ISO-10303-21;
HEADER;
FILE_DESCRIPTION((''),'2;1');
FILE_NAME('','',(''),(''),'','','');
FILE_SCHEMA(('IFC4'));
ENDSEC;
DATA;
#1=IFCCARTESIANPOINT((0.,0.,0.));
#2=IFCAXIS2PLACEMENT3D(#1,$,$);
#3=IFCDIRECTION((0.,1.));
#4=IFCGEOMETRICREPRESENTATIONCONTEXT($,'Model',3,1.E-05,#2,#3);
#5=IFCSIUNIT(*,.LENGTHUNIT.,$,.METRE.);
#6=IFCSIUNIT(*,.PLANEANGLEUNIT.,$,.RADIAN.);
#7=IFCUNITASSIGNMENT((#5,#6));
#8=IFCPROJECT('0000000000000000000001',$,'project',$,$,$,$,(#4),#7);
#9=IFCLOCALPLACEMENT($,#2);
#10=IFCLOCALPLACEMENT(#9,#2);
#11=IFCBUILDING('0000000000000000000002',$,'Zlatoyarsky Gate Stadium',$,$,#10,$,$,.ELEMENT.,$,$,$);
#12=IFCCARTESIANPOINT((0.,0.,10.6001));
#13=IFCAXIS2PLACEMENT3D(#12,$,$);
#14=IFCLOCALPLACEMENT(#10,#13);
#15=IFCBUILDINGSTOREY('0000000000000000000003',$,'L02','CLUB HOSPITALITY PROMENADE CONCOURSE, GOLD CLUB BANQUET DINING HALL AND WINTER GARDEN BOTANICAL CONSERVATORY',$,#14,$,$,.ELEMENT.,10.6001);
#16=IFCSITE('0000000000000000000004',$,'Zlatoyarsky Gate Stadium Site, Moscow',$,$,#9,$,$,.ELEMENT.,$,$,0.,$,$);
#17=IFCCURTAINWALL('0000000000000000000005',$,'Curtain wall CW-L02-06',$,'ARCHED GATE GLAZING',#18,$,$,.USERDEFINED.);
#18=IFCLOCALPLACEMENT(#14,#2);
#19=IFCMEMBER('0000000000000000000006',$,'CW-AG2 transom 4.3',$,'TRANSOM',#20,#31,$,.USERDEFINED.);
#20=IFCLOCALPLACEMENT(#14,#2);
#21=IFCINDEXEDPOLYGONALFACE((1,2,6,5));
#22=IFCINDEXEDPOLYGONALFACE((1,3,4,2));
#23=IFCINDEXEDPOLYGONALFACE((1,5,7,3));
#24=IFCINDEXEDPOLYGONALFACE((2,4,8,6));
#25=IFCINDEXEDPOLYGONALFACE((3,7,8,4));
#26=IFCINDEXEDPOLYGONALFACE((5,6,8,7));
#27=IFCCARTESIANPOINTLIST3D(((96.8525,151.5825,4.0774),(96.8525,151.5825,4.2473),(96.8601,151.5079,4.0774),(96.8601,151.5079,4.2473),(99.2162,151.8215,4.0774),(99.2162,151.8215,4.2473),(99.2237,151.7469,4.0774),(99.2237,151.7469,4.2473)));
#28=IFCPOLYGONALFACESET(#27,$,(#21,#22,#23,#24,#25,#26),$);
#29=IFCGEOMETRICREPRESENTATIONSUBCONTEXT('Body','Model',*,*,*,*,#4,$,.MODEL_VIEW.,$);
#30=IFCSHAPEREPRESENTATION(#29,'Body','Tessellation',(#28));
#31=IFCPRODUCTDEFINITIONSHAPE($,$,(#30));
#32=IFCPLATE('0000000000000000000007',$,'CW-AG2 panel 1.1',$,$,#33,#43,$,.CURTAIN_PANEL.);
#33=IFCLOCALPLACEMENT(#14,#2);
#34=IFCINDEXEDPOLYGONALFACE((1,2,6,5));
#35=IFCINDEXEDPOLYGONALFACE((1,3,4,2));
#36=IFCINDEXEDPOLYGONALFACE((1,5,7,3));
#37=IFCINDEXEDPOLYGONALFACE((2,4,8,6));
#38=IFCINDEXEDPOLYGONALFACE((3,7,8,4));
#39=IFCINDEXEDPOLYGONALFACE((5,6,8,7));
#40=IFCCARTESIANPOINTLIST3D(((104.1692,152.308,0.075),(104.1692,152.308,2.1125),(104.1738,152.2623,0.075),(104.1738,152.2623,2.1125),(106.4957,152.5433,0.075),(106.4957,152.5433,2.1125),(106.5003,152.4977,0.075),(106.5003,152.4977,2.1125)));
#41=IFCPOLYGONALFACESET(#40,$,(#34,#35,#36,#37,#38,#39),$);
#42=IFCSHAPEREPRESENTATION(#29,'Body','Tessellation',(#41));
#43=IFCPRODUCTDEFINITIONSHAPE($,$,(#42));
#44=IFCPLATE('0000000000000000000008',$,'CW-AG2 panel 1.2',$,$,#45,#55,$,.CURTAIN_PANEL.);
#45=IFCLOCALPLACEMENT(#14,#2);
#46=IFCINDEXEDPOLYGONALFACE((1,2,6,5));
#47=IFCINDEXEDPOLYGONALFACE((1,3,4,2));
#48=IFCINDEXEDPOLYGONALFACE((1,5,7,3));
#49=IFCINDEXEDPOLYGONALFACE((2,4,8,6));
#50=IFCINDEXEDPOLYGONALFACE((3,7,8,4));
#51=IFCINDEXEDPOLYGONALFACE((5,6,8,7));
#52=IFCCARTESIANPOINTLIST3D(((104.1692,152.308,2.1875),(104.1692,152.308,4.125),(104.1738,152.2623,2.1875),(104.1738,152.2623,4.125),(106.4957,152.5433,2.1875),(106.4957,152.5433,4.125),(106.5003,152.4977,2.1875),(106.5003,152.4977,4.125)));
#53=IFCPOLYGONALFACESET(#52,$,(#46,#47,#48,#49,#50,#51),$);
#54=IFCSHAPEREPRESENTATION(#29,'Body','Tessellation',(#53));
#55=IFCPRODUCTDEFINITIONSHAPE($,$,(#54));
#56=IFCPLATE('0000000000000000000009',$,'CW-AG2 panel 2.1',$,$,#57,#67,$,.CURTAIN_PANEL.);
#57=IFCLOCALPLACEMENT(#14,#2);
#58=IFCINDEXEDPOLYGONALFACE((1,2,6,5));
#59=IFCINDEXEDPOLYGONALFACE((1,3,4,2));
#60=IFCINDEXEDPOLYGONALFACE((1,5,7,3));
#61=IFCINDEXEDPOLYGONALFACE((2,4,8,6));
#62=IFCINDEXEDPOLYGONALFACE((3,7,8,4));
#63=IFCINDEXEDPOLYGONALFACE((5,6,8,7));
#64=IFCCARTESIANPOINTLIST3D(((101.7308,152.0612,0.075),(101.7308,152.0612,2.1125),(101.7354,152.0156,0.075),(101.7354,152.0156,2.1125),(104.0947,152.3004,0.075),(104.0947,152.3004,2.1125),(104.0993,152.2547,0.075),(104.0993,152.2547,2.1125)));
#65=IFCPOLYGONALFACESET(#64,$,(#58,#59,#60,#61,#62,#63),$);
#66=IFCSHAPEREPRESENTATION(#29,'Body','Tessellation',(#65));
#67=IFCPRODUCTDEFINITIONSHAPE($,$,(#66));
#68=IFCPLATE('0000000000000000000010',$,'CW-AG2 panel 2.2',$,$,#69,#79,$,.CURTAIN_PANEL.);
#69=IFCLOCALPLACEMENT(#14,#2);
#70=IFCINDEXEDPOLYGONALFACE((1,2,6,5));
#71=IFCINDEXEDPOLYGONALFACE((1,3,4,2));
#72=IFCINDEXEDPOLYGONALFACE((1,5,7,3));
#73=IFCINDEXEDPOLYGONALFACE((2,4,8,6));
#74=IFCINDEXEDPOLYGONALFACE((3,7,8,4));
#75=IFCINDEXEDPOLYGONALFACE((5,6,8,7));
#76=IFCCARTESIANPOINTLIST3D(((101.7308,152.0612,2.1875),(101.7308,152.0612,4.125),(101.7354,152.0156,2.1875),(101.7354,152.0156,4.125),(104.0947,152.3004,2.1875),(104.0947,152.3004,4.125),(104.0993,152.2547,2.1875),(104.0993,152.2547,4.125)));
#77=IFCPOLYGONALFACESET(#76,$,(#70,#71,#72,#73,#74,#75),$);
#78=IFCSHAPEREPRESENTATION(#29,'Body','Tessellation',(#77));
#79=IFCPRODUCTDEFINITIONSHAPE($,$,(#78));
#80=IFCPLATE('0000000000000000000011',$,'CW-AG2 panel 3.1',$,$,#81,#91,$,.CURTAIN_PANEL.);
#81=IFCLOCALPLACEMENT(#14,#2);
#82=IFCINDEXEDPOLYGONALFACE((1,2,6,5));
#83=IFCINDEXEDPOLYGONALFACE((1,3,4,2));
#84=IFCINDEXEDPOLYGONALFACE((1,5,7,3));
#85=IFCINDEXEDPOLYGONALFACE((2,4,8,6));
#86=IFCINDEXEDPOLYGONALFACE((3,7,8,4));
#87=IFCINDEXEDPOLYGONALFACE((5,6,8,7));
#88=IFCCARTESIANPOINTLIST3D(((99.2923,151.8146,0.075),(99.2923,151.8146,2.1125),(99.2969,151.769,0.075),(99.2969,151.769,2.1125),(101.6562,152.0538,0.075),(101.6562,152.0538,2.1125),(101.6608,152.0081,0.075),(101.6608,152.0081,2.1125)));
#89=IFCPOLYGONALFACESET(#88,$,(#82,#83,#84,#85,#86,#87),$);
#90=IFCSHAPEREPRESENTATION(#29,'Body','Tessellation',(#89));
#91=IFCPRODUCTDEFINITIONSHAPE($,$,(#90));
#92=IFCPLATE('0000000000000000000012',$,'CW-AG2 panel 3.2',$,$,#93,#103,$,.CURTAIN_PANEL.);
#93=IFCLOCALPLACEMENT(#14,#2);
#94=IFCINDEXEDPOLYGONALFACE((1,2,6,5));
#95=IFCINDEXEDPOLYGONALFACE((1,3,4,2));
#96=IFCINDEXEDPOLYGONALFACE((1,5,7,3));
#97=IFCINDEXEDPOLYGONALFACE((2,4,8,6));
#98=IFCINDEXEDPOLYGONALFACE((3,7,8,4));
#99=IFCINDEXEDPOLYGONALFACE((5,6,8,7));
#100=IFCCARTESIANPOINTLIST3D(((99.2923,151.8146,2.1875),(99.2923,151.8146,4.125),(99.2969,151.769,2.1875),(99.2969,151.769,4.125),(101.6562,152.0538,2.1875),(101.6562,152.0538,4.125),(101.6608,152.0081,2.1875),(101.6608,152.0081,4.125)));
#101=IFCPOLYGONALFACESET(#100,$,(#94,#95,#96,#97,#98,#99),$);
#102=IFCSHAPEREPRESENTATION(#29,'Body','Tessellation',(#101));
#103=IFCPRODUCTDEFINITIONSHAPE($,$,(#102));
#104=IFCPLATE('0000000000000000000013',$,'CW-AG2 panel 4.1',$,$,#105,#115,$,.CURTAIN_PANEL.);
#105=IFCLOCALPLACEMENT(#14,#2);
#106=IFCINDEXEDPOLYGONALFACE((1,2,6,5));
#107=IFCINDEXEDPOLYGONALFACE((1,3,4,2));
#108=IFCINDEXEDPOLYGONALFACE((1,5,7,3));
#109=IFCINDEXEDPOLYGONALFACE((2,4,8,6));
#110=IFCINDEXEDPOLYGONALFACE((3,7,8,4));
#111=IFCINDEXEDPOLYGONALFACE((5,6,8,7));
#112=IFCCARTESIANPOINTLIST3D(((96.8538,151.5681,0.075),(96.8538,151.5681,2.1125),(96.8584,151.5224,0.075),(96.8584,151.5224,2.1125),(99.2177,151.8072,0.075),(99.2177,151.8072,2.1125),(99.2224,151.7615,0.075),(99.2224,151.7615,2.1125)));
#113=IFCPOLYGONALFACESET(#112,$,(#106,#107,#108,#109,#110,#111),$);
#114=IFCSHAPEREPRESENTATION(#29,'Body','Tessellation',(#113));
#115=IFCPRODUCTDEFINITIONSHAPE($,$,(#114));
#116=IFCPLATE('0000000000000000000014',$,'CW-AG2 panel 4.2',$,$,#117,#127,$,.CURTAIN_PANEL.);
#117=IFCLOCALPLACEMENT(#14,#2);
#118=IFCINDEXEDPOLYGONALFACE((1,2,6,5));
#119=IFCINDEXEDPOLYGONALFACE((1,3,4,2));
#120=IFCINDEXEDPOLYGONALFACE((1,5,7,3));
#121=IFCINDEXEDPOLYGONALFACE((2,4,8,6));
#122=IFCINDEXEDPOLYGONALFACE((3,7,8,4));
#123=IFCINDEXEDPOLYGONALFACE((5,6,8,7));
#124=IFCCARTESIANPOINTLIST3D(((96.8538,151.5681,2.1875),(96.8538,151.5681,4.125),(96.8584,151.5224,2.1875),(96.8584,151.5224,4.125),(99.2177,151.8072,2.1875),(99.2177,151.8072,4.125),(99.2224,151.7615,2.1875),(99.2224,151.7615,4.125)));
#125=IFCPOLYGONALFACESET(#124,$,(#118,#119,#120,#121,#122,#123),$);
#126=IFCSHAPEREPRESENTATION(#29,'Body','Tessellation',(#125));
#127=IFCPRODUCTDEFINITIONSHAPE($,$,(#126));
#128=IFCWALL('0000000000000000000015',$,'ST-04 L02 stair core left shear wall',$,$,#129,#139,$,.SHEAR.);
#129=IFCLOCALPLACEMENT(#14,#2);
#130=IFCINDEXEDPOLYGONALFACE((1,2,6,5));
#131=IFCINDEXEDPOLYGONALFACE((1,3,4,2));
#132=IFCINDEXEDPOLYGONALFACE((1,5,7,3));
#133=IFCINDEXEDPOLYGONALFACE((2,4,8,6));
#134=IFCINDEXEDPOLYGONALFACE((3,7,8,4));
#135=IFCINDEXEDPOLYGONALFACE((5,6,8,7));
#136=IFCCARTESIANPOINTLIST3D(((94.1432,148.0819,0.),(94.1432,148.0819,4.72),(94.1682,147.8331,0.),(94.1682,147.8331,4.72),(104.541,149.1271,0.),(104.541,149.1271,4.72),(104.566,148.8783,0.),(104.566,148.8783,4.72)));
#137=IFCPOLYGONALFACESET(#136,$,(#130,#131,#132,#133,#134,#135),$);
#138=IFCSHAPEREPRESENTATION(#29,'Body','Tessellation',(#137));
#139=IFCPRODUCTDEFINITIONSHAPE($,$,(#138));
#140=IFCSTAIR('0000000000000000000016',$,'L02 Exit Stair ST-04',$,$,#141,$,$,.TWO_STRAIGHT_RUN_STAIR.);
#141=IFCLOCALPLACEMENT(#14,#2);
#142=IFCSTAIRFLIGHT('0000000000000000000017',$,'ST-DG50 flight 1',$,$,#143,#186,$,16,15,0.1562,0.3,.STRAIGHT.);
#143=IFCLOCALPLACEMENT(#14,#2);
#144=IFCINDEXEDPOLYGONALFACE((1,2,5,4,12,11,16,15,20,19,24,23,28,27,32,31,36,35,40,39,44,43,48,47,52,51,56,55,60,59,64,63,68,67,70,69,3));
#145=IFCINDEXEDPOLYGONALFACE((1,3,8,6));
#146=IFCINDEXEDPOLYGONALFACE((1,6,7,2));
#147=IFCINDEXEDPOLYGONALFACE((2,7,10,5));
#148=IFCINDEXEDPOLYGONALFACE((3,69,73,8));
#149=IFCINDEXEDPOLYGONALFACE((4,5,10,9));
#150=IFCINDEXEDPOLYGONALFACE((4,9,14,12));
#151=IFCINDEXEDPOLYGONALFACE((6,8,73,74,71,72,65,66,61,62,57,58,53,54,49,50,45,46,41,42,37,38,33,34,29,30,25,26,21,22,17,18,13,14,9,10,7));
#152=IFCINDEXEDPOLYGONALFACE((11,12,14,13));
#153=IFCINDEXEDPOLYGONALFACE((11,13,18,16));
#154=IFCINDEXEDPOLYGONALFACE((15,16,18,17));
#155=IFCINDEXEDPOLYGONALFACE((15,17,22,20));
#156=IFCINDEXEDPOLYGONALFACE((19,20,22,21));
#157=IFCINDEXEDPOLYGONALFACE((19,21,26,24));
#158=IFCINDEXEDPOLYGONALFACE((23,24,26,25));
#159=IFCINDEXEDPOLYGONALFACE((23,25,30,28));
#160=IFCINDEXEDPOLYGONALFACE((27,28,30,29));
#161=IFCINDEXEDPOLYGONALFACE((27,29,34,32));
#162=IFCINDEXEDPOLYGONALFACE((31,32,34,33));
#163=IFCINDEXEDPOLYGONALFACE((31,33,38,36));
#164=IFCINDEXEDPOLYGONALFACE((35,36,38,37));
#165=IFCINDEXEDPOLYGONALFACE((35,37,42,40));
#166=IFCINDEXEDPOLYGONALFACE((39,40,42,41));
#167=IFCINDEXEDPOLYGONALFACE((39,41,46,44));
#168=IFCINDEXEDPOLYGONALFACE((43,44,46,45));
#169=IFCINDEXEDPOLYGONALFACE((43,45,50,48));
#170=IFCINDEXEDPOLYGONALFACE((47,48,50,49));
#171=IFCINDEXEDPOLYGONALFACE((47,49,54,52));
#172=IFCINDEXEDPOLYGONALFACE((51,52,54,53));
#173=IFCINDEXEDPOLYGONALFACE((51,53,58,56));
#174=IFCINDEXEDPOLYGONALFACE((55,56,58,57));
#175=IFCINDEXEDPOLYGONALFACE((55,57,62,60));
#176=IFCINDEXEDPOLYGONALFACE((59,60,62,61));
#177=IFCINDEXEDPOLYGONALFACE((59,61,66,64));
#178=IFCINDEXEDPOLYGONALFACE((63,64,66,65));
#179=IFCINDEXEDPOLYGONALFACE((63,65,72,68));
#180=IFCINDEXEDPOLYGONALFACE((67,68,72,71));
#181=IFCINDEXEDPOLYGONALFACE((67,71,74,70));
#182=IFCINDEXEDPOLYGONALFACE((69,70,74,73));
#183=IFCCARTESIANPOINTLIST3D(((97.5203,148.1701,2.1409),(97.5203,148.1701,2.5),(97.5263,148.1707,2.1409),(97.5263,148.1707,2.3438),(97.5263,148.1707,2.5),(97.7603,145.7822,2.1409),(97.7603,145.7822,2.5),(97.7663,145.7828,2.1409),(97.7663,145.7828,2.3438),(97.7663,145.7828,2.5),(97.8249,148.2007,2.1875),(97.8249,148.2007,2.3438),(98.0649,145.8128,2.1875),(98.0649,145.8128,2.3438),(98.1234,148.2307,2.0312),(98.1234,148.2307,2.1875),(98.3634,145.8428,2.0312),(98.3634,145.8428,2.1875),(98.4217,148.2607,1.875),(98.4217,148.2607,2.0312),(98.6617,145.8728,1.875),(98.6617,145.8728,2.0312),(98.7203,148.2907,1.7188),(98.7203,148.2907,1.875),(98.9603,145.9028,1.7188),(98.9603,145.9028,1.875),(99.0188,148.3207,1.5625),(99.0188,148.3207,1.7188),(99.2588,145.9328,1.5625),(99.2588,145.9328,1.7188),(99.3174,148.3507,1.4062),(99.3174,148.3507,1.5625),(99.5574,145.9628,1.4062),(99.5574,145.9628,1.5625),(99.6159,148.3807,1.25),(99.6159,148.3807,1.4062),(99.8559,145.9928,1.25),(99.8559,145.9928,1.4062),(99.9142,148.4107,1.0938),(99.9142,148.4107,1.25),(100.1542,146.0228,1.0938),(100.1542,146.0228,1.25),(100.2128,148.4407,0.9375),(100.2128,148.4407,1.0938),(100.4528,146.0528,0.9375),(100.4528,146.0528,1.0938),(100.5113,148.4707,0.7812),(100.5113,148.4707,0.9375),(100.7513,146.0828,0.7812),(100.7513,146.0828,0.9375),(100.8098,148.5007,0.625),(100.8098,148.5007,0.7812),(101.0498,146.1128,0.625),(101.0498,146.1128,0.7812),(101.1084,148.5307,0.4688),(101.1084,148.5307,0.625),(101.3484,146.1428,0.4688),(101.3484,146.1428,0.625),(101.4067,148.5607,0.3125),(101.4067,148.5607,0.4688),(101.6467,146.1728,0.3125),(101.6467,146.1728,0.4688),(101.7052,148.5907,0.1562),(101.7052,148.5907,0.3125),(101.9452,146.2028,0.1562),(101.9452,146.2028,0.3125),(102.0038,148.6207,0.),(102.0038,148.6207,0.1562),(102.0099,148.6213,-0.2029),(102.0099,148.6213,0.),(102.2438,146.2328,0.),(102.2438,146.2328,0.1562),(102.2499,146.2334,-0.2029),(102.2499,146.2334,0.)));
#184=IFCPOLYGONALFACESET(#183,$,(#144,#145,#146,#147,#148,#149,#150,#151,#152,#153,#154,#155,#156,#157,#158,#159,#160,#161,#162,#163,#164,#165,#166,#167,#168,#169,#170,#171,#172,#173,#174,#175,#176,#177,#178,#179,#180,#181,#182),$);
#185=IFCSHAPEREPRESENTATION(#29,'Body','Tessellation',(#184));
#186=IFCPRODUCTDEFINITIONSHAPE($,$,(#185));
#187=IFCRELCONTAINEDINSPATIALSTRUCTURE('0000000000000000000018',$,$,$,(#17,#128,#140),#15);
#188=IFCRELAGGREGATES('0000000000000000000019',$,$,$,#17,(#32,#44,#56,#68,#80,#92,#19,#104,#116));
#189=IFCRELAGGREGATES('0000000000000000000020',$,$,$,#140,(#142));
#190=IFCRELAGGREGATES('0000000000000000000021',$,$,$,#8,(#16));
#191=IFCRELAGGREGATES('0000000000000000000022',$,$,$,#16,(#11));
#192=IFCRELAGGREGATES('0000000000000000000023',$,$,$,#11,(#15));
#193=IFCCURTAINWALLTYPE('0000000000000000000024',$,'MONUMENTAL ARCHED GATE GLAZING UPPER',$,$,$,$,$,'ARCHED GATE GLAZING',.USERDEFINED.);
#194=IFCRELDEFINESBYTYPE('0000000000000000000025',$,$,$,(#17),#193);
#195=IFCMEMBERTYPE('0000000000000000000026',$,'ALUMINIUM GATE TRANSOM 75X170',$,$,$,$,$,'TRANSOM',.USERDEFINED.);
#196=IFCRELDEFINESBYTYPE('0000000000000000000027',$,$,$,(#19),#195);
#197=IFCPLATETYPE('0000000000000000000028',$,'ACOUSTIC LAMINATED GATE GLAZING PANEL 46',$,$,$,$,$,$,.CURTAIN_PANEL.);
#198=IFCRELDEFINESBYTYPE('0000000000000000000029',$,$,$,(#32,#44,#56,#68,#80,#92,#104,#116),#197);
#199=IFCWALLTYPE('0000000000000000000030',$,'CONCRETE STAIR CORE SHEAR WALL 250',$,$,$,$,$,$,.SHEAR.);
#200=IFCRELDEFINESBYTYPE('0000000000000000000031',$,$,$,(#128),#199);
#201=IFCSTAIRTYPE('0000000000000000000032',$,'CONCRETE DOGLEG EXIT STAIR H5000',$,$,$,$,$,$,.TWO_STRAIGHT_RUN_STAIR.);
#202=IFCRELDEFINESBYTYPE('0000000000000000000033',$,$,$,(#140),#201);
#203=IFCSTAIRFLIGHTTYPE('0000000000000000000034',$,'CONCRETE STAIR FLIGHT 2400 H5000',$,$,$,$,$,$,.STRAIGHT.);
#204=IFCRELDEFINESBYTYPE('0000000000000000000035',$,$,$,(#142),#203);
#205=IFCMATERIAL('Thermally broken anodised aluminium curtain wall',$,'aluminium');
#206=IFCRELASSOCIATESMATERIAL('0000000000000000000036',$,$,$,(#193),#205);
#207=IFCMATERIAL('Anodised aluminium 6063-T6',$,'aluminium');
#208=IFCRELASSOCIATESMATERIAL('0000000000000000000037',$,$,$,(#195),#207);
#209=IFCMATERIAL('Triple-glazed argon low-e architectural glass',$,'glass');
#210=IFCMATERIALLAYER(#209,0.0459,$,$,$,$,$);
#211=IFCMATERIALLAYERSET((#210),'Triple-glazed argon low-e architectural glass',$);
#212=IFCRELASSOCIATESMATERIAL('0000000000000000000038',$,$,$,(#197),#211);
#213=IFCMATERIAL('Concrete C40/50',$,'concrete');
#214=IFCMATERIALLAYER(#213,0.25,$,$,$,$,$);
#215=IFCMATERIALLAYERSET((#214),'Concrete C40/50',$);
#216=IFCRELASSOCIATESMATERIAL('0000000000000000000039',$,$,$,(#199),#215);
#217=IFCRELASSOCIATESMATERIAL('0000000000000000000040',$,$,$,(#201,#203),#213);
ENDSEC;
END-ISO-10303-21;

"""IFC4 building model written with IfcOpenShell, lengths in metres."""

from ifc_helpers import new_model, si_unit, direction, frame, frame_2d, origin, origin_2d, place, context, subcontext, project, spatial, polyline, rectangle, outline, extrude, material, layer, layer_set, material_profile, profile_set, type_object, element, aggregate, save


model = new_model("IFC4")

# Units and contexts
model_context = context("Model", 3, precision=1e-05, world=origin(), true_north=direction((0.0, 1.0)))
body_context = subcontext(model_context, "Body", "Model", "MODEL_VIEW")
ifc_project = project(units=[si_unit("LENGTHUNIT", "METRE"), si_unit("PLANEANGLEUNIT", "RADIAN")], contexts=[model_context])

# Site, building, storey
site_placement = place(None, origin())
site = spatial("IfcSite", under=ifc_project, at=site_placement, Name="Zlatoyarsky Gate Stadium Site, Moscow", CompositionType="ELEMENT", RefElevation=0.0)
building_placement = place(site_placement, origin())
building = spatial("IfcBuilding", under=site, at=building_placement, Name="Zlatoyarsky Gate Stadium", CompositionType="ELEMENT")
storey_placement = place(building_placement, frame((0.0, 0.0, 10.6001)))
storey = spatial("IfcBuildingStorey", under=building, at=storey_placement, Name="L02", Description="CLUB HOSPITALITY PROMENADE CONCOURSE, GOLD CLUB BANQUET DINING HALL AND WINTER GARDEN BOTANICAL CONSERVATORY", CompositionType="ELEMENT", Elevation=10.6001)

# Curtain wall, member, plates
ifc_material_1 = material(Name="Thermally broken anodised aluminium curtain wall", Category="aluminium")
curtain_wall_type = type_object("IfcCurtainWallType", Name="MONUMENTAL ARCHED GATE GLAZING UPPER", ElementType="ARCHED GATE GLAZING", PredefinedType="USERDEFINED", material=ifc_material_1)
curtain_wall_placement = place(storey_placement, origin())
curtain_wall = element("IfcCurtainWall", 1, at=curtain_wall_placement, inside=storey, type_object=curtain_wall_type, Name="Curtain wall CW-L02-06", ObjectType="ARCHED GATE GLAZING", PredefinedType="USERDEFINED")
ifc_material_2 = material(Name="Anodised aluminium 6063-T6", Category="aluminium")
ifc_material_profile_1 = material_profile(ifc_material_2, rectangle(XDim=0.075, YDim=0.1699, at=origin_2d()), Name="ALU 75X170")
ifc_profile_set_1 = profile_set([ifc_material_profile_1], Name="Anodised aluminium 6063-T6")
member_type_1 = type_object("IfcMemberType", Name="ALUMINIUM GATE TRANSOM 75X170", ElementType="TRANSOM", PredefinedType="USERDEFINED", material=ifc_profile_set_1)
member_1_placement = place(storey_placement, frame((99.22, 151.7842, 4.1624), z_axis=(-0.994927, -0.100602, 0.0), x_axis=(0.100602, -0.994927, 0.0)))
member_1 = element("IfcMember", 2, at=member_1_placement, type_object=member_type_1, Name="CW-AG2 transom 4.3", ObjectType="TRANSOM", PredefinedType="USERDEFINED", context=body_context, shape_type="SweptSolid", body=[
    extrude(rectangle(XDim=0.075, YDim=0.1699, at=origin_2d()), origin(), (0.0, 0.0, 1.0), 2.3757),
])
ifc_material_3 = material(Name="Triple-glazed argon low-e architectural glass", Category="glass")
ifc_layer_1 = layer(ifc_material_3, 0.0459)
ifc_layer_set_1 = layer_set([ifc_layer_1], Name="Triple-glazed argon low-e architectural glass")
plate_type = type_object("IfcPlateType", Name="ACOUSTIC LAMINATED GATE GLAZING PANEL 46", PredefinedType="CURTAIN_PANEL", material=ifc_layer_set_1)
plate_1_placement = place(storey_placement, frame((105.3347, 152.4028, 0.075), z_axis=(0.0, 0.0, 1.0), x_axis=(-0.994923, -0.100642, 0.0)))
plate_1 = element("IfcPlate", 3, at=plate_1_placement, type_object=plate_type, Name="CW-AG2 panel 1.1", PredefinedType="CURTAIN_PANEL", context=body_context, shape_type="SweptSolid", body=[
    extrude(rectangle(XDim=2.3384, YDim=0.0459, at=origin_2d()), origin(), (0.0, 0.0, 1.0), 2.0376),
])
plate_2_placement = place(storey_placement, frame((105.3347, 152.4028, 2.1875), z_axis=(0.0, 0.0, 1.0), x_axis=(-0.994923, -0.100642, 0.0)))
plate_2 = element("IfcPlate", 4, at=plate_2_placement, type_object=plate_type, Name="CW-AG2 panel 1.2", PredefinedType="CURTAIN_PANEL", context=body_context, shape_type="SweptSolid", body=[
    extrude(rectangle(XDim=2.3384, YDim=0.0459, at=origin_2d()), origin(), (0.0, 0.0, 1.0), 1.9375),
])
plate_3_placement = place(storey_placement, frame((102.915, 152.158, 0.075), z_axis=(0.0, 0.0, 1.0), x_axis=(-0.994923, -0.100642, 0.0)))
plate_3 = element("IfcPlate", 5, at=plate_3_placement, type_object=plate_type, Name="CW-AG2 panel 2.1", PredefinedType="CURTAIN_PANEL", context=body_context, shape_type="SweptSolid", body=[
    extrude(rectangle(XDim=2.376, YDim=0.0459, at=origin_2d()), origin(), (0.0, 0.0, 1.0), 2.0376),
])
plate_4_placement = place(storey_placement, frame((102.915, 152.158, 2.1875), z_axis=(0.0, 0.0, 1.0), x_axis=(-0.994923, -0.100642, 0.0)))
plate_4 = element("IfcPlate", 6, at=plate_4_placement, type_object=plate_type, Name="CW-AG2 panel 2.2", PredefinedType="CURTAIN_PANEL", context=body_context, shape_type="SweptSolid", body=[
    extrude(rectangle(XDim=2.376, YDim=0.0459, at=origin_2d()), origin(), (0.0, 0.0, 1.0), 1.9375),
])
plate_5_placement = place(storey_placement, frame((100.4766, 151.9114, 0.075), z_axis=(0.0, 0.0, 1.0), x_axis=(-0.994923, -0.100642, 0.0)))
plate_5 = element("IfcPlate", 7, at=plate_5_placement, type_object=plate_type, Name="CW-AG2 panel 3.1", PredefinedType="CURTAIN_PANEL", context=body_context, shape_type="SweptSolid", body=[
    extrude(rectangle(XDim=2.376, YDim=0.0459, at=origin_2d()), origin(), (0.0, 0.0, 1.0), 2.0376),
])
plate_6_placement = place(storey_placement, frame((100.4766, 151.9114, 2.1875), z_axis=(0.0, 0.0, 1.0), x_axis=(-0.994923, -0.100642, 0.0)))
plate_6 = element("IfcPlate", 8, at=plate_6_placement, type_object=plate_type, Name="CW-AG2 panel 3.2", PredefinedType="CURTAIN_PANEL", context=body_context, shape_type="SweptSolid", body=[
    extrude(rectangle(XDim=2.376, YDim=0.0459, at=origin_2d()), origin(), (0.0, 0.0, 1.0), 1.9375),
])
plate_7_placement = place(storey_placement, frame((98.0381, 151.6648, 0.075), z_axis=(0.0, 0.0, 1.0), x_axis=(-0.994923, -0.100642, 0.0)))
plate_7 = element("IfcPlate", 9, at=plate_7_placement, type_object=plate_type, Name="CW-AG2 panel 4.1", PredefinedType="CURTAIN_PANEL", context=body_context, shape_type="SweptSolid", body=[
    extrude(rectangle(XDim=2.376, YDim=0.0459, at=origin_2d()), origin(), (0.0, 0.0, 1.0), 2.0376),
])
plate_8_placement = place(storey_placement, frame((98.0381, 151.6648, 2.1875), z_axis=(0.0, 0.0, 1.0), x_axis=(-0.994923, -0.100642, 0.0)))
plate_8 = element("IfcPlate", 10, at=plate_8_placement, type_object=plate_type, Name="CW-AG2 panel 4.2", PredefinedType="CURTAIN_PANEL", context=body_context, shape_type="SweptSolid", body=[
    extrude(rectangle(XDim=2.376, YDim=0.0459, at=origin_2d()), origin(), (0.0, 0.0, 1.0), 1.9375),
])
aggregate(curtain_wall, [plate_1, plate_2, plate_3, plate_4, plate_5, plate_6, member_1, plate_7, plate_8])

# Wall
ifc_material_4 = material(Name="Concrete C40/50", Category="concrete")
ifc_layer_2 = layer(ifc_material_4, 0.25)
ifc_layer_set_2 = layer_set([ifc_layer_2], Name="Concrete C40/50")
wall_type = type_object("IfcWallType", Name="CONCRETE STAIR CORE SHEAR WALL 250", PredefinedType="SHEAR", material=ifc_layer_set_2)
wall_placement = place(storey_placement, frame((104.5535, 149.0027, 0.0), z_axis=(0.0, 0.0, 1.0), x_axis=(-0.994986, -0.100015, 0.0)))
element("IfcWall", 11, at=wall_placement, inside=storey, type_object=wall_type, Name="ST-04 L02 stair core left shear wall", PredefinedType="SHEAR", context=body_context, shape_type="SweptSolid", body=[
    extrude(rectangle(XDim=10.4502, YDim=0.25, at=frame_2d((5.2251, 0.0))), origin(), (0.0, 0.0, 1.0), 4.72),
])

# Stair, stair flight
stair_type = type_object("IfcStairType", Name="CONCRETE DOGLEG EXIT STAIR H5000", PredefinedType="TWO_STRAIGHT_RUN_STAIR", material=ifc_material_4)
stair_placement = place(storey_placement, origin())
stair = element("IfcStair", 12, at=stair_placement, inside=storey, type_object=stair_type, Name="L02 Exit Stair ST-04", PredefinedType="TWO_STRAIGHT_RUN_STAIR")
stair_flight_type = type_object("IfcStairFlightType", Name="CONCRETE STAIR FLIGHT 2400 H5000", PredefinedType="STRAIGHT", material=ifc_material_4)
stair_flight_placement = place(storey_placement, frame((102.1238, 147.4268, 0.0), z_axis=(0.0, 0.0, 1.0), x_axis=(-0.994987, -0.100006, 0.0)))
stair_flight = element("IfcStairFlight", 13, at=stair_flight_placement, type_object=stair_flight_type, Name="ST-DG50 flight 1", NumberOfRisers=16, NumberOfTreads=15, PredefinedType="STRAIGHT", RiserHeight=0.1562, TreadLength=0.3, context=body_context, shape_type="SweptSolid", body=[
    extrude(outline(polyline([(-0.0061, -0.2029), (-0.0061, 0.0), (0.0, 0.0), (0.0, 0.1562), (0.3, 0.1562), (0.3, 0.3125), (0.6001, 0.3125), (0.6001, 0.4688), (0.8999, 0.4688), (0.8999, 0.625), (1.2, 0.625), (1.2, 0.7812), (1.5, 0.7812), (1.5, 0.9375), (1.8, 0.9375), (1.8, 1.0938), (2.1001, 1.0938), (2.1001, 1.25), (2.3999, 1.25), (2.3999, 1.4062), (2.7, 1.4062), (2.7, 1.5625), (3.0, 1.5625), (3.0, 1.7188), (3.3, 1.7188), (3.3, 1.875), (3.6001, 1.875), (3.6001, 2.0312), (3.8999, 2.0312), (3.8999, 2.1875), (4.2, 2.1875), (4.2, 2.3438), (4.5, 2.3438), (4.5, 2.5), (4.5061, 2.5), (4.5061, 2.1409), (4.5, 2.1409), (-0.0061, -0.2029)])), frame((0.0, 1.2, 0.0), z_axis=(0.0, -1.0, 0.0), x_axis=(1.0, 0.0, 0.0)), (0.0, 0.0, 1.0), 2.3999),
])
aggregate(stair, [stair_flight])

save(model, "model.ifc")
